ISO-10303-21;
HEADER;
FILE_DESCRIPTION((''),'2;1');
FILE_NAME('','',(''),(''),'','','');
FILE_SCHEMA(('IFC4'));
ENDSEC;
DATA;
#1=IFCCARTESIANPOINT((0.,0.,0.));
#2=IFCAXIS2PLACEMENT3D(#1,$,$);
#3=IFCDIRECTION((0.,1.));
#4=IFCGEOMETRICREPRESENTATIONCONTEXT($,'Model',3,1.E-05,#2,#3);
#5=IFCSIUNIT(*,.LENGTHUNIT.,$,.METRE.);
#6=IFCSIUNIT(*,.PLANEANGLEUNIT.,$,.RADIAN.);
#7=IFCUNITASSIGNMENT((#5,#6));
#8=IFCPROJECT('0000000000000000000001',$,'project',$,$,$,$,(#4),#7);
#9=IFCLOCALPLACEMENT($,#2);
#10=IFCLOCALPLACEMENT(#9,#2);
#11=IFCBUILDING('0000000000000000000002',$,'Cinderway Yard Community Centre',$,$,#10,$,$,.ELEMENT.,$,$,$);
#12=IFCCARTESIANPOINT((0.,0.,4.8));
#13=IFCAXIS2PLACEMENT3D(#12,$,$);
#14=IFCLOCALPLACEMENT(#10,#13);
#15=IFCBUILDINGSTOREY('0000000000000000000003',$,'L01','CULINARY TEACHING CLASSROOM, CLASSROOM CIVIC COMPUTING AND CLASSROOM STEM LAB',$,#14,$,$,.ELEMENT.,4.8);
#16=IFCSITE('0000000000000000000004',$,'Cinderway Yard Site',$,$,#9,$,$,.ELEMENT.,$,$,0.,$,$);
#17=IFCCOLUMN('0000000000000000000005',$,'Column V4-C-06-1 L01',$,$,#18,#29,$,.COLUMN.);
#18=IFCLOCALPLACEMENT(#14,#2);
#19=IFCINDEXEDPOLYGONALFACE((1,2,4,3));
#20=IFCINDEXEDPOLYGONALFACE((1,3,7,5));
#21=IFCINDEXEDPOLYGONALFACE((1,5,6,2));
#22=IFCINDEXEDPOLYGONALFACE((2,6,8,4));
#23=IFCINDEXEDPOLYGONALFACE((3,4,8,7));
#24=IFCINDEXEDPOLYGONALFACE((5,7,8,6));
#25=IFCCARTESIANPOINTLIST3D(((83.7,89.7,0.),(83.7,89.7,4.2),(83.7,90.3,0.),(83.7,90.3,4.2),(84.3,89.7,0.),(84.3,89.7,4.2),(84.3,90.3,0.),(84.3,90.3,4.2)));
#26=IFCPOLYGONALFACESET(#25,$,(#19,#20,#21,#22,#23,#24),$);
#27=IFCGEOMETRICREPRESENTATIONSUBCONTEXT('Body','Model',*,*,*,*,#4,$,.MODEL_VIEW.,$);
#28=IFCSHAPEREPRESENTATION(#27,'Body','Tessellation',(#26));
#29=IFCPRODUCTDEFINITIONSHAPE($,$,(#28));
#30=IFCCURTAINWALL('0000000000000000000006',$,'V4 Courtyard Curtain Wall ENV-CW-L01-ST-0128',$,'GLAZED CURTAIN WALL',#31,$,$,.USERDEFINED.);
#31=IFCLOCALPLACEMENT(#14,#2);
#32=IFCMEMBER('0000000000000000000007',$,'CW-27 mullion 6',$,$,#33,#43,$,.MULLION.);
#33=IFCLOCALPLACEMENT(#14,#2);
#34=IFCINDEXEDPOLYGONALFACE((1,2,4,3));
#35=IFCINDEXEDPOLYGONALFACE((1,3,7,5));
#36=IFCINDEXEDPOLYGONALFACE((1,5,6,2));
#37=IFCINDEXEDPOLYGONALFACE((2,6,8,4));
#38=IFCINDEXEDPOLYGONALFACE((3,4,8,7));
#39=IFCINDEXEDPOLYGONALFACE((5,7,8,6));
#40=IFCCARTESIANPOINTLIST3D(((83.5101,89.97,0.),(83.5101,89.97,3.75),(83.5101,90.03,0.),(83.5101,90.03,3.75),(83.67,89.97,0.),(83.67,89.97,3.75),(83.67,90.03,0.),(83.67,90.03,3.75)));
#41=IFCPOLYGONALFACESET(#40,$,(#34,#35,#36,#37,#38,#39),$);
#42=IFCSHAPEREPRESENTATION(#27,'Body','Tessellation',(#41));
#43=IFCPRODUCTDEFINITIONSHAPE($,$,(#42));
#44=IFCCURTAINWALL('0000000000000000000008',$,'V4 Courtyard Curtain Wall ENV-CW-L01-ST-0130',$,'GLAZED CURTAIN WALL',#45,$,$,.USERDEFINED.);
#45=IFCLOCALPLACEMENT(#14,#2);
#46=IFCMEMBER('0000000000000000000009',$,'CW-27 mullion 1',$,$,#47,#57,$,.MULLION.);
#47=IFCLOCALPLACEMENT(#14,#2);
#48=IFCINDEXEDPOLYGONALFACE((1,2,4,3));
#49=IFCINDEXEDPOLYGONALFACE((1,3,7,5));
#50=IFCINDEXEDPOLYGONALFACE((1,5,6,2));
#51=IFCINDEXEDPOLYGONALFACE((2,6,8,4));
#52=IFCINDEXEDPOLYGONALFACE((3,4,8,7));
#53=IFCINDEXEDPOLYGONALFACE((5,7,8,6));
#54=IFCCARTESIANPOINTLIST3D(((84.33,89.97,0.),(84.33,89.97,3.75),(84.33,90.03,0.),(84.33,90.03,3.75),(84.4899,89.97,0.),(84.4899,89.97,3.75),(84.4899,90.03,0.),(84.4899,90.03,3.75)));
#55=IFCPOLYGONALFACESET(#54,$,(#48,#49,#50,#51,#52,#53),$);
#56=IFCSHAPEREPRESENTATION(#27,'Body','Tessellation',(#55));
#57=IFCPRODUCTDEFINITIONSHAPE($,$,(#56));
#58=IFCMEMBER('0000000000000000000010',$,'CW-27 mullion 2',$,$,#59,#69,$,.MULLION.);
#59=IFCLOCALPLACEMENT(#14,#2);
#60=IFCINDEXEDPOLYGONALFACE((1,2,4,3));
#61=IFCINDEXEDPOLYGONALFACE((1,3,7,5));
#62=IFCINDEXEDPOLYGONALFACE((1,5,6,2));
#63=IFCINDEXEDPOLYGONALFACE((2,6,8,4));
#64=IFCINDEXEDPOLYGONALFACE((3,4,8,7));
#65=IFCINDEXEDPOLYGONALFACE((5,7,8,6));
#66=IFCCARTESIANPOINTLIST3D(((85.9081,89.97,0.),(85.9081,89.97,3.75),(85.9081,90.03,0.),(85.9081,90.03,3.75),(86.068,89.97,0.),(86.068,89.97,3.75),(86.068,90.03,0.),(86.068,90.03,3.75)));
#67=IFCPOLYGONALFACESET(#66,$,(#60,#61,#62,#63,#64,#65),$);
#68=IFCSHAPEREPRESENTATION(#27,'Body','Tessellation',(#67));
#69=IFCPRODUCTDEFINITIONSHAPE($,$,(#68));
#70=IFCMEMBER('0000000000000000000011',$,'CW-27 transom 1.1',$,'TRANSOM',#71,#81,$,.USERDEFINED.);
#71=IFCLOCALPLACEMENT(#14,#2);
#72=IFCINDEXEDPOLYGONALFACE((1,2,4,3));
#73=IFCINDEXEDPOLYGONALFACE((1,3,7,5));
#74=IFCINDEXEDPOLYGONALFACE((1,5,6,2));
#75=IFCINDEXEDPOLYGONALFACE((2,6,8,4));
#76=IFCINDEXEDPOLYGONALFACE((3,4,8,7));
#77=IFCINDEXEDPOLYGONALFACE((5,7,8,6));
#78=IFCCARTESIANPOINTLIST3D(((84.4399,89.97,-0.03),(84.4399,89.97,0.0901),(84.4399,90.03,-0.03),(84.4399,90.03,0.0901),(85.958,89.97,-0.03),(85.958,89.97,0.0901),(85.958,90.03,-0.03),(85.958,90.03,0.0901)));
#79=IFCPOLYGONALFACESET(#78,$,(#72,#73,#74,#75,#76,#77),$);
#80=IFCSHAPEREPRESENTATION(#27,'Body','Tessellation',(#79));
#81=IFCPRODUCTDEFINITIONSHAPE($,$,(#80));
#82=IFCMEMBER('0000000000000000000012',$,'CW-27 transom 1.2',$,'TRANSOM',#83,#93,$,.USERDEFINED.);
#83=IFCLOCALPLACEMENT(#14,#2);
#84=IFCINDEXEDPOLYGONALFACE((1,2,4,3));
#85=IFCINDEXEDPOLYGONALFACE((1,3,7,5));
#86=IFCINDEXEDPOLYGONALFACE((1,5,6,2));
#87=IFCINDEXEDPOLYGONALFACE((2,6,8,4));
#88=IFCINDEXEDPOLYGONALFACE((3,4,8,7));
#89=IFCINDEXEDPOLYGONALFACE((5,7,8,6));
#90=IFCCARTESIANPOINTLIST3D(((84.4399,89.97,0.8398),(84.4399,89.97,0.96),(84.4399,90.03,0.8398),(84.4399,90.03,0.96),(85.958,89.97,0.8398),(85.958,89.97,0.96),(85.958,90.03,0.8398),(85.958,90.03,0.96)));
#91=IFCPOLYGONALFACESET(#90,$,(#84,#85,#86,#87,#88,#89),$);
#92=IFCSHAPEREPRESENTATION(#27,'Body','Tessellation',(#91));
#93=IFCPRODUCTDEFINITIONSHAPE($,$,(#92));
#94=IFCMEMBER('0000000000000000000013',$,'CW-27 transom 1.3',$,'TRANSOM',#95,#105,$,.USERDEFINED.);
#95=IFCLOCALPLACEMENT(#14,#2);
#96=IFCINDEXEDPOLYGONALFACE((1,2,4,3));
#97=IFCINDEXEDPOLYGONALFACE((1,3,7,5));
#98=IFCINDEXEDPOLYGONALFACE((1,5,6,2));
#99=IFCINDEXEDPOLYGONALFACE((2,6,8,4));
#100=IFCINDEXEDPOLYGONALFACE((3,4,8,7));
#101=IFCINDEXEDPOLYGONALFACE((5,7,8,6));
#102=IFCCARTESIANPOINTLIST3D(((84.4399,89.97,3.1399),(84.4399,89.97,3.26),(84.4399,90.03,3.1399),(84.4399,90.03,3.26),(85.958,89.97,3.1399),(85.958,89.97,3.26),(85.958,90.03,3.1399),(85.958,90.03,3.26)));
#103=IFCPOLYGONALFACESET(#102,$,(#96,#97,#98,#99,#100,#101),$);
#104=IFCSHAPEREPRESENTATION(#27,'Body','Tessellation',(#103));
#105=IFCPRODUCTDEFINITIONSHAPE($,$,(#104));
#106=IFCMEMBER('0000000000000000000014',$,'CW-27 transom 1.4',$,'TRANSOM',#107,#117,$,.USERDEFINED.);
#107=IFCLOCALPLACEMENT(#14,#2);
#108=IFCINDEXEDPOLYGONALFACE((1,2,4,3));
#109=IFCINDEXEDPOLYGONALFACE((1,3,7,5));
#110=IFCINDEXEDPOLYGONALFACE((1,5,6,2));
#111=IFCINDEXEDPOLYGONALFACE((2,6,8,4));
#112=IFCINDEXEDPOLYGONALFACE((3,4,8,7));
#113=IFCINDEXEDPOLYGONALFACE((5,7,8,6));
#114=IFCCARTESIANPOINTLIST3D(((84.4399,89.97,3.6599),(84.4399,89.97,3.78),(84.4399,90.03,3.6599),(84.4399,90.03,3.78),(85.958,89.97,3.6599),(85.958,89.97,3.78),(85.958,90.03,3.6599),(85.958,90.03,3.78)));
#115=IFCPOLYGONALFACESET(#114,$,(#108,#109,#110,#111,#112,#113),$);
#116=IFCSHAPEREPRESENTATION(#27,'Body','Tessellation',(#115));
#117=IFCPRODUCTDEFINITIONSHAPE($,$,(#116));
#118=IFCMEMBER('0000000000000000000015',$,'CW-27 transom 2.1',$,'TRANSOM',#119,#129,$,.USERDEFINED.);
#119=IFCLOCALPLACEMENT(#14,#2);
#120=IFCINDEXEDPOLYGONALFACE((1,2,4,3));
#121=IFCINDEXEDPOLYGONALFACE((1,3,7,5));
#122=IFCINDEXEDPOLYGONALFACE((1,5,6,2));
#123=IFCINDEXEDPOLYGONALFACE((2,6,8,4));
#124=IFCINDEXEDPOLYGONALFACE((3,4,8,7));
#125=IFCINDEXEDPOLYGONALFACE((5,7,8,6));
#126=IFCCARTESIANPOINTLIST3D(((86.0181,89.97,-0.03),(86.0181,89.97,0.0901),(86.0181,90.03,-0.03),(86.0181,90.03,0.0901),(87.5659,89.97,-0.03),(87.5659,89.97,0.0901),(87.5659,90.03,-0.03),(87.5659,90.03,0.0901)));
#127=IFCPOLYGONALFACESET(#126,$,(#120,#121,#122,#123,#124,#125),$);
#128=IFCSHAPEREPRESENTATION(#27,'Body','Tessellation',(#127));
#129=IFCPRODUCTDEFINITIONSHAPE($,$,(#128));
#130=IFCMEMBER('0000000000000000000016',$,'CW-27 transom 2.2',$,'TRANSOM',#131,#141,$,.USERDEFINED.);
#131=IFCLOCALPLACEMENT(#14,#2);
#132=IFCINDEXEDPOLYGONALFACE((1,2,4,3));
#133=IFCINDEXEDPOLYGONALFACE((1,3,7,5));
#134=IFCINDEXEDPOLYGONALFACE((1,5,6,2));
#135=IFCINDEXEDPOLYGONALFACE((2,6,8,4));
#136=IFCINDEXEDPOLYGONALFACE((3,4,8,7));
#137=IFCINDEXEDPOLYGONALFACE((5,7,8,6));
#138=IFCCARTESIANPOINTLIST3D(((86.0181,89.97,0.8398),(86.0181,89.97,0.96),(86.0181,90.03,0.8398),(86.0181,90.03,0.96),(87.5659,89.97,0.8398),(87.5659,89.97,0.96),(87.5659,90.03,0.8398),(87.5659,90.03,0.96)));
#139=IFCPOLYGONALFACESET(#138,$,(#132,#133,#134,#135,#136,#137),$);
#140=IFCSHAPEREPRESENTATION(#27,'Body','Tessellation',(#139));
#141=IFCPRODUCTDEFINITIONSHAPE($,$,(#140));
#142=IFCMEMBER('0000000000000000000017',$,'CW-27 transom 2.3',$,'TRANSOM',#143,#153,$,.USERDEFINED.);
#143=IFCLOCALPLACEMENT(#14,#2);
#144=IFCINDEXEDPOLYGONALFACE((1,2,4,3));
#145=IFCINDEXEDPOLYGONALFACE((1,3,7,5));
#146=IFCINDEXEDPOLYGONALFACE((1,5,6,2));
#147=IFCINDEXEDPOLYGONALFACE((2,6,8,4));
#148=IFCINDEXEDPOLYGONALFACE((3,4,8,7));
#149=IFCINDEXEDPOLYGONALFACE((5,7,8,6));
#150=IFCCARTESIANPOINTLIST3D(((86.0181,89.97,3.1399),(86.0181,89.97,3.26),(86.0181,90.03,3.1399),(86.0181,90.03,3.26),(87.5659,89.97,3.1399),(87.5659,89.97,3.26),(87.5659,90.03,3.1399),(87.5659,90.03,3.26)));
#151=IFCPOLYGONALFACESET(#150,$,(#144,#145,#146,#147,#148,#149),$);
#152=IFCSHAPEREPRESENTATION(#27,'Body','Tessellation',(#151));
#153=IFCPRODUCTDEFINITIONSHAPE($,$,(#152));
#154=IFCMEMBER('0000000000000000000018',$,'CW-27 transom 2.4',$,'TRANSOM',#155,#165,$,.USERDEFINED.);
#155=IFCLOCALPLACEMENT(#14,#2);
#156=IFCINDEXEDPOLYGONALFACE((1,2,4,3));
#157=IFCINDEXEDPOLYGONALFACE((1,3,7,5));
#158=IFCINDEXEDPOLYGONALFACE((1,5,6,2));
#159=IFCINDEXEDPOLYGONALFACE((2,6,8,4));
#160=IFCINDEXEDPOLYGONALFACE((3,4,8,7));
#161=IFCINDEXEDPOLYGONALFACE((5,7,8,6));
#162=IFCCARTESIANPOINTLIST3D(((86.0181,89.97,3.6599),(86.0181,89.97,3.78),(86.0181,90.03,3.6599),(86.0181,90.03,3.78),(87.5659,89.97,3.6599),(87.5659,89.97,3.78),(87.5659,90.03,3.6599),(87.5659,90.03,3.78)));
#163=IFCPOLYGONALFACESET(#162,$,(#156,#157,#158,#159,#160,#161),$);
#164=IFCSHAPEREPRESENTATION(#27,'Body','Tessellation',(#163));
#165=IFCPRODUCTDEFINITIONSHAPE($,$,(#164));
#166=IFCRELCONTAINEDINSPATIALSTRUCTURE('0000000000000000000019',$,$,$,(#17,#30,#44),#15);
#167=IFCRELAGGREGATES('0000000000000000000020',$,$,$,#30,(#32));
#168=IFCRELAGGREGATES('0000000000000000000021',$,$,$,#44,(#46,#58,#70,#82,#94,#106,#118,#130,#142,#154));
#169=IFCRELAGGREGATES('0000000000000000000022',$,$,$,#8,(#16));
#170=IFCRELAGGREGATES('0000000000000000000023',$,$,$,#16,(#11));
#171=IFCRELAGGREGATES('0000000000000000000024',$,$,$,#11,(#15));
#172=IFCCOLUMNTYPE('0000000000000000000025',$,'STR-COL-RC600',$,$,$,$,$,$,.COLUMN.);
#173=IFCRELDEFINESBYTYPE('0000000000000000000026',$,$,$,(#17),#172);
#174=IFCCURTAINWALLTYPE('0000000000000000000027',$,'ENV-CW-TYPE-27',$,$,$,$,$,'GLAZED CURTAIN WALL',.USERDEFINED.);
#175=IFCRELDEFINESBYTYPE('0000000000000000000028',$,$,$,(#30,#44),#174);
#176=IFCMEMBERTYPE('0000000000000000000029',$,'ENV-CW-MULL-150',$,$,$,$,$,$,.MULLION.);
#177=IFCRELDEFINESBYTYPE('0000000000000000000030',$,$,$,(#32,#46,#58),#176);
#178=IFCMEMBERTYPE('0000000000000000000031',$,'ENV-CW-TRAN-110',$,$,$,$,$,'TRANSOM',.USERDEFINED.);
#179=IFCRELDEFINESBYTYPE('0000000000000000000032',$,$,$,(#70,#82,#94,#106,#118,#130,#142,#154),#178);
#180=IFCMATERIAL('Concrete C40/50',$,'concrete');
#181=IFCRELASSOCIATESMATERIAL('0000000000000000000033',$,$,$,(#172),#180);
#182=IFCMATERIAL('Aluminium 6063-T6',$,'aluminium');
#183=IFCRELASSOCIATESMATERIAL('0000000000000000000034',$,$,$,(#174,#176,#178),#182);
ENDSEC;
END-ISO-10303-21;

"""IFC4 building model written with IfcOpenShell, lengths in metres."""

from ifc_helpers import new_model, si_unit, direction, frame, origin, origin_2d, place, context, subcontext, project, spatial, rectangle, extrude, material, material_profile, profile_set, type_object, element, aggregate, save


model = new_model("IFC4")

# Units and contexts
model_context = context("Model", 3, precision=1e-05, world=origin(), true_north=direction((0.0, 1.0)))
body_context = subcontext(model_context, "Body", "Model", "MODEL_VIEW")
ifc_project = project(units=[si_unit("LENGTHUNIT", "METRE"), si_unit("PLANEANGLEUNIT", "RADIAN")], contexts=[model_context])

# Site, building, storey
site_placement = place(None, origin())
site = spatial("IfcSite", under=ifc_project, at=site_placement, Name="Cinderway Yard Site", CompositionType="ELEMENT", RefElevation=0.0)
building_placement = place(site_placement, origin())
building = spatial("IfcBuilding", under=site, at=building_placement, Name="Cinderway Yard Community Centre", CompositionType="ELEMENT")
storey_placement = place(building_placement, frame((0.0, 0.0, 4.8)))
storey = spatial("IfcBuildingStorey", under=building, at=storey_placement, Name="L01", Description="CULINARY TEACHING CLASSROOM, CLASSROOM CIVIC COMPUTING AND CLASSROOM STEM LAB", CompositionType="ELEMENT", Elevation=4.8)

# Column
ifc_material_1 = material(Name="Concrete C40/50", Category="concrete")
ifc_material_profile_1 = material_profile(ifc_material_1, rectangle(XDim=0.6001, YDim=0.6001, at=origin_2d()), Name="Concrete C40/50")
ifc_profile_set_1 = profile_set([ifc_material_profile_1], Name="Concrete C40/50")
column_type = type_object("IfcColumnType", Name="STR-COL-RC600", PredefinedType="COLUMN", material=ifc_profile_set_1)
column_placement = place(storey_placement, frame((84.0, 90.0, 0.0), z_axis=(0.0, 0.0, 1.0), x_axis=(1.0, 0.0, 0.0)))
element("IfcColumn", 1, at=column_placement, inside=storey, type_object=column_type, Name="Column V4-C-06-1 L01", PredefinedType="COLUMN", context=body_context, shape_type="SweptSolid", body=[
    extrude(rectangle(XDim=0.6001, YDim=0.6001, at=origin_2d()), origin(), (0.0, 0.0, 1.0), 4.2),
])

# Curtain wall, member
ifc_material_2 = material(Name="Aluminium 6063-T6", Category="aluminium")
curtain_wall_type = type_object("IfcCurtainWallType", Name="ENV-CW-TYPE-27", ElementType="GLAZED CURTAIN WALL", PredefinedType="USERDEFINED", material=ifc_material_2)
curtain_wall_1_placement = place(storey_placement, origin())
curtain_wall_1 = element("IfcCurtainWall", 2, at=curtain_wall_1_placement, inside=storey, type_object=curtain_wall_type, Name="V4 Courtyard Curtain Wall ENV-CW-L01-ST-0128", ObjectType="GLAZED CURTAIN WALL", PredefinedType="USERDEFINED")
ifc_material_profile_2 = material_profile(ifc_material_2, rectangle(XDim=0.0601, YDim=0.1599, at=origin_2d()), Name="Aluminium 6063-T6")
ifc_profile_set_2 = profile_set([ifc_material_profile_2], Name="Aluminium 6063-T6")
member_type_1 = type_object("IfcMemberType", Name="ENV-CW-MULL-150", PredefinedType="MULLION", material=ifc_profile_set_2)
member_1_placement = place(storey_placement, frame((83.5901, 90.0, 0.0), z_axis=(0.0, 0.0, 1.0), x_axis=(0.0, 1.0, 0.0)))
member_1 = element("IfcMember", 3, at=member_1_placement, type_object=member_type_1, Name="CW-27 mullion 6", PredefinedType="MULLION", context=body_context, shape_type="SweptSolid", body=[
    extrude(rectangle(XDim=0.0601, YDim=0.1599, at=origin_2d()), origin(), (0.0, 0.0, 1.0), 3.75),
])

# Curtain wall, members
curtain_wall_2_placement = place(storey_placement, origin())
curtain_wall_2 = element("IfcCurtainWall", 4, at=curtain_wall_2_placement, inside=storey, type_object=curtain_wall_type, Name="V4 Courtyard Curtain Wall ENV-CW-L01-ST-0130", ObjectType="GLAZED CURTAIN WALL", PredefinedType="USERDEFINED")
member_2_placement = place(storey_placement, frame((84.4099, 90.0, 0.0), z_axis=(0.0, 0.0, 1.0), x_axis=(0.0, 1.0, 0.0)))
member_2 = element("IfcMember", 5, at=member_2_placement, type_object=member_type_1, Name="CW-27 mullion 1", PredefinedType="MULLION", context=body_context, shape_type="SweptSolid", body=[
    extrude(rectangle(XDim=0.0601, YDim=0.1599, at=origin_2d()), origin(), (0.0, 0.0, 1.0), 3.75),
])
member_3_placement = place(storey_placement, frame((85.988, 90.0, 0.0), z_axis=(0.0, 0.0, 1.0), x_axis=(0.0, 1.0, 0.0)))
member_3 = element("IfcMember", 6, at=member_3_placement, type_object=member_type_1, Name="CW-27 mullion 2", PredefinedType="MULLION", context=body_context, shape_type="SweptSolid", body=[
    extrude(rectangle(XDim=0.0601, YDim=0.1599, at=origin_2d()), origin(), (0.0, 0.0, 1.0), 3.75),
])
ifc_material_profile_3 = material_profile(ifc_material_2, rectangle(XDim=0.0601, YDim=0.1201, at=origin_2d()), Name="Aluminium 6063-T6")
ifc_profile_set_3 = profile_set([ifc_material_profile_3], Name="Aluminium 6063-T6")
member_type_2 = type_object("IfcMemberType", Name="ENV-CW-TRAN-110", ElementType="TRANSOM", PredefinedType="USERDEFINED", material=ifc_profile_set_3)
member_4_placement = place(storey_placement, frame((84.4399, 90.0, 0.03), z_axis=(1.0, 0.0, 0.0), x_axis=(0.0, 1.0, 0.0)))
member_4 = element("IfcMember", 7, at=member_4_placement, type_object=member_type_2, Name="CW-27 transom 1.1", ObjectType="TRANSOM", PredefinedType="USERDEFINED", context=body_context, shape_type="SweptSolid", body=[
    extrude(rectangle(XDim=0.0601, YDim=0.1201, at=origin_2d()), origin(), (0.0, 0.0, 1.0), 1.5181),
])
member_5_placement = place(storey_placement, frame((84.4399, 90.0, 0.8999), z_axis=(1.0, 0.0, 0.0), x_axis=(0.0, 1.0, 0.0)))
member_5 = element("IfcMember", 8, at=member_5_placement, type_object=member_type_2, Name="CW-27 transom 1.2", ObjectType="TRANSOM", PredefinedType="USERDEFINED", context=body_context, shape_type="SweptSolid", body=[
    extrude(rectangle(XDim=0.0601, YDim=0.1201, at=origin_2d()), origin(), (0.0, 0.0, 1.0), 1.5181),
])
member_6_placement = place(storey_placement, frame((84.4399, 90.0, 3.2), z_axis=(1.0, 0.0, 0.0), x_axis=(0.0, 1.0, 0.0)))
member_6 = element("IfcMember", 9, at=member_6_placement, type_object=member_type_2, Name="CW-27 transom 1.3", ObjectType="TRANSOM", PredefinedType="USERDEFINED", context=body_context, shape_type="SweptSolid", body=[
    extrude(rectangle(XDim=0.0601, YDim=0.1201, at=origin_2d()), origin(), (0.0, 0.0, 1.0), 1.5181),
])
member_7_placement = place(storey_placement, frame((84.4399, 90.0, 3.72), z_axis=(1.0, 0.0, 0.0), x_axis=(0.0, 1.0, 0.0)))
member_7 = element("IfcMember", 10, at=member_7_placement, type_object=member_type_2, Name="CW-27 transom 1.4", ObjectType="TRANSOM", PredefinedType="USERDEFINED", context=body_context, shape_type="SweptSolid", body=[
    extrude(rectangle(XDim=0.0601, YDim=0.1201, at=origin_2d()), origin(), (0.0, 0.0, 1.0), 1.5181),
])
member_8_placement = place(storey_placement, frame((86.0181, 90.0, 0.03), z_axis=(1.0, 0.0, 0.0), x_axis=(0.0, 1.0, 0.0)))
member_8 = element("IfcMember", 11, at=member_8_placement, type_object=member_type_2, Name="CW-27 transom 2.1", ObjectType="TRANSOM", PredefinedType="USERDEFINED", context=body_context, shape_type="SweptSolid", body=[
    extrude(rectangle(XDim=0.0601, YDim=0.1201, at=origin_2d()), origin(), (0.0, 0.0, 1.0), 1.5479),
])
member_9_placement = place(storey_placement, frame((86.0181, 90.0, 0.8999), z_axis=(1.0, 0.0, 0.0), x_axis=(0.0, 1.0, 0.0)))
member_9 = element("IfcMember", 12, at=member_9_placement, type_object=member_type_2, Name="CW-27 transom 2.2", ObjectType="TRANSOM", PredefinedType="USERDEFINED", context=body_context, shape_type="SweptSolid", body=[
    extrude(rectangle(XDim=0.0601, YDim=0.1201, at=origin_2d()), origin(), (0.0, 0.0, 1.0), 1.5479),
])
member_10_placement = place(storey_placement, frame((86.0181, 90.0, 3.2), z_axis=(1.0, 0.0, 0.0), x_axis=(0.0, 1.0, 0.0)))
member_10 = element("IfcMember", 13, at=member_10_placement, type_object=member_type_2, Name="CW-27 transom 2.3", ObjectType="TRANSOM", PredefinedType="USERDEFINED", context=body_context, shape_type="SweptSolid", body=[
    extrude(rectangle(XDim=0.0601, YDim=0.1201, at=origin_2d()), origin(), (0.0, 0.0, 1.0), 1.5479),
])
member_11_placement = place(storey_placement, frame((86.0181, 90.0, 3.72), z_axis=(1.0, 0.0, 0.0), x_axis=(0.0, 1.0, 0.0)))
member_11 = element("IfcMember", 14, at=member_11_placement, type_object=member_type_2, Name="CW-27 transom 2.4", ObjectType="TRANSOM", PredefinedType="USERDEFINED", context=body_context, shape_type="SweptSolid", body=[
    extrude(rectangle(XDim=0.0601, YDim=0.1201, at=origin_2d()), origin(), (0.0, 0.0, 1.0), 1.5479),
])

aggregate(curtain_wall_1, [member_1])
aggregate(curtain_wall_2, [member_2, member_3, member_4, member_5, member_6, member_7, member_8, member_9, member_10, member_11])

save(model, "model.ifc")
